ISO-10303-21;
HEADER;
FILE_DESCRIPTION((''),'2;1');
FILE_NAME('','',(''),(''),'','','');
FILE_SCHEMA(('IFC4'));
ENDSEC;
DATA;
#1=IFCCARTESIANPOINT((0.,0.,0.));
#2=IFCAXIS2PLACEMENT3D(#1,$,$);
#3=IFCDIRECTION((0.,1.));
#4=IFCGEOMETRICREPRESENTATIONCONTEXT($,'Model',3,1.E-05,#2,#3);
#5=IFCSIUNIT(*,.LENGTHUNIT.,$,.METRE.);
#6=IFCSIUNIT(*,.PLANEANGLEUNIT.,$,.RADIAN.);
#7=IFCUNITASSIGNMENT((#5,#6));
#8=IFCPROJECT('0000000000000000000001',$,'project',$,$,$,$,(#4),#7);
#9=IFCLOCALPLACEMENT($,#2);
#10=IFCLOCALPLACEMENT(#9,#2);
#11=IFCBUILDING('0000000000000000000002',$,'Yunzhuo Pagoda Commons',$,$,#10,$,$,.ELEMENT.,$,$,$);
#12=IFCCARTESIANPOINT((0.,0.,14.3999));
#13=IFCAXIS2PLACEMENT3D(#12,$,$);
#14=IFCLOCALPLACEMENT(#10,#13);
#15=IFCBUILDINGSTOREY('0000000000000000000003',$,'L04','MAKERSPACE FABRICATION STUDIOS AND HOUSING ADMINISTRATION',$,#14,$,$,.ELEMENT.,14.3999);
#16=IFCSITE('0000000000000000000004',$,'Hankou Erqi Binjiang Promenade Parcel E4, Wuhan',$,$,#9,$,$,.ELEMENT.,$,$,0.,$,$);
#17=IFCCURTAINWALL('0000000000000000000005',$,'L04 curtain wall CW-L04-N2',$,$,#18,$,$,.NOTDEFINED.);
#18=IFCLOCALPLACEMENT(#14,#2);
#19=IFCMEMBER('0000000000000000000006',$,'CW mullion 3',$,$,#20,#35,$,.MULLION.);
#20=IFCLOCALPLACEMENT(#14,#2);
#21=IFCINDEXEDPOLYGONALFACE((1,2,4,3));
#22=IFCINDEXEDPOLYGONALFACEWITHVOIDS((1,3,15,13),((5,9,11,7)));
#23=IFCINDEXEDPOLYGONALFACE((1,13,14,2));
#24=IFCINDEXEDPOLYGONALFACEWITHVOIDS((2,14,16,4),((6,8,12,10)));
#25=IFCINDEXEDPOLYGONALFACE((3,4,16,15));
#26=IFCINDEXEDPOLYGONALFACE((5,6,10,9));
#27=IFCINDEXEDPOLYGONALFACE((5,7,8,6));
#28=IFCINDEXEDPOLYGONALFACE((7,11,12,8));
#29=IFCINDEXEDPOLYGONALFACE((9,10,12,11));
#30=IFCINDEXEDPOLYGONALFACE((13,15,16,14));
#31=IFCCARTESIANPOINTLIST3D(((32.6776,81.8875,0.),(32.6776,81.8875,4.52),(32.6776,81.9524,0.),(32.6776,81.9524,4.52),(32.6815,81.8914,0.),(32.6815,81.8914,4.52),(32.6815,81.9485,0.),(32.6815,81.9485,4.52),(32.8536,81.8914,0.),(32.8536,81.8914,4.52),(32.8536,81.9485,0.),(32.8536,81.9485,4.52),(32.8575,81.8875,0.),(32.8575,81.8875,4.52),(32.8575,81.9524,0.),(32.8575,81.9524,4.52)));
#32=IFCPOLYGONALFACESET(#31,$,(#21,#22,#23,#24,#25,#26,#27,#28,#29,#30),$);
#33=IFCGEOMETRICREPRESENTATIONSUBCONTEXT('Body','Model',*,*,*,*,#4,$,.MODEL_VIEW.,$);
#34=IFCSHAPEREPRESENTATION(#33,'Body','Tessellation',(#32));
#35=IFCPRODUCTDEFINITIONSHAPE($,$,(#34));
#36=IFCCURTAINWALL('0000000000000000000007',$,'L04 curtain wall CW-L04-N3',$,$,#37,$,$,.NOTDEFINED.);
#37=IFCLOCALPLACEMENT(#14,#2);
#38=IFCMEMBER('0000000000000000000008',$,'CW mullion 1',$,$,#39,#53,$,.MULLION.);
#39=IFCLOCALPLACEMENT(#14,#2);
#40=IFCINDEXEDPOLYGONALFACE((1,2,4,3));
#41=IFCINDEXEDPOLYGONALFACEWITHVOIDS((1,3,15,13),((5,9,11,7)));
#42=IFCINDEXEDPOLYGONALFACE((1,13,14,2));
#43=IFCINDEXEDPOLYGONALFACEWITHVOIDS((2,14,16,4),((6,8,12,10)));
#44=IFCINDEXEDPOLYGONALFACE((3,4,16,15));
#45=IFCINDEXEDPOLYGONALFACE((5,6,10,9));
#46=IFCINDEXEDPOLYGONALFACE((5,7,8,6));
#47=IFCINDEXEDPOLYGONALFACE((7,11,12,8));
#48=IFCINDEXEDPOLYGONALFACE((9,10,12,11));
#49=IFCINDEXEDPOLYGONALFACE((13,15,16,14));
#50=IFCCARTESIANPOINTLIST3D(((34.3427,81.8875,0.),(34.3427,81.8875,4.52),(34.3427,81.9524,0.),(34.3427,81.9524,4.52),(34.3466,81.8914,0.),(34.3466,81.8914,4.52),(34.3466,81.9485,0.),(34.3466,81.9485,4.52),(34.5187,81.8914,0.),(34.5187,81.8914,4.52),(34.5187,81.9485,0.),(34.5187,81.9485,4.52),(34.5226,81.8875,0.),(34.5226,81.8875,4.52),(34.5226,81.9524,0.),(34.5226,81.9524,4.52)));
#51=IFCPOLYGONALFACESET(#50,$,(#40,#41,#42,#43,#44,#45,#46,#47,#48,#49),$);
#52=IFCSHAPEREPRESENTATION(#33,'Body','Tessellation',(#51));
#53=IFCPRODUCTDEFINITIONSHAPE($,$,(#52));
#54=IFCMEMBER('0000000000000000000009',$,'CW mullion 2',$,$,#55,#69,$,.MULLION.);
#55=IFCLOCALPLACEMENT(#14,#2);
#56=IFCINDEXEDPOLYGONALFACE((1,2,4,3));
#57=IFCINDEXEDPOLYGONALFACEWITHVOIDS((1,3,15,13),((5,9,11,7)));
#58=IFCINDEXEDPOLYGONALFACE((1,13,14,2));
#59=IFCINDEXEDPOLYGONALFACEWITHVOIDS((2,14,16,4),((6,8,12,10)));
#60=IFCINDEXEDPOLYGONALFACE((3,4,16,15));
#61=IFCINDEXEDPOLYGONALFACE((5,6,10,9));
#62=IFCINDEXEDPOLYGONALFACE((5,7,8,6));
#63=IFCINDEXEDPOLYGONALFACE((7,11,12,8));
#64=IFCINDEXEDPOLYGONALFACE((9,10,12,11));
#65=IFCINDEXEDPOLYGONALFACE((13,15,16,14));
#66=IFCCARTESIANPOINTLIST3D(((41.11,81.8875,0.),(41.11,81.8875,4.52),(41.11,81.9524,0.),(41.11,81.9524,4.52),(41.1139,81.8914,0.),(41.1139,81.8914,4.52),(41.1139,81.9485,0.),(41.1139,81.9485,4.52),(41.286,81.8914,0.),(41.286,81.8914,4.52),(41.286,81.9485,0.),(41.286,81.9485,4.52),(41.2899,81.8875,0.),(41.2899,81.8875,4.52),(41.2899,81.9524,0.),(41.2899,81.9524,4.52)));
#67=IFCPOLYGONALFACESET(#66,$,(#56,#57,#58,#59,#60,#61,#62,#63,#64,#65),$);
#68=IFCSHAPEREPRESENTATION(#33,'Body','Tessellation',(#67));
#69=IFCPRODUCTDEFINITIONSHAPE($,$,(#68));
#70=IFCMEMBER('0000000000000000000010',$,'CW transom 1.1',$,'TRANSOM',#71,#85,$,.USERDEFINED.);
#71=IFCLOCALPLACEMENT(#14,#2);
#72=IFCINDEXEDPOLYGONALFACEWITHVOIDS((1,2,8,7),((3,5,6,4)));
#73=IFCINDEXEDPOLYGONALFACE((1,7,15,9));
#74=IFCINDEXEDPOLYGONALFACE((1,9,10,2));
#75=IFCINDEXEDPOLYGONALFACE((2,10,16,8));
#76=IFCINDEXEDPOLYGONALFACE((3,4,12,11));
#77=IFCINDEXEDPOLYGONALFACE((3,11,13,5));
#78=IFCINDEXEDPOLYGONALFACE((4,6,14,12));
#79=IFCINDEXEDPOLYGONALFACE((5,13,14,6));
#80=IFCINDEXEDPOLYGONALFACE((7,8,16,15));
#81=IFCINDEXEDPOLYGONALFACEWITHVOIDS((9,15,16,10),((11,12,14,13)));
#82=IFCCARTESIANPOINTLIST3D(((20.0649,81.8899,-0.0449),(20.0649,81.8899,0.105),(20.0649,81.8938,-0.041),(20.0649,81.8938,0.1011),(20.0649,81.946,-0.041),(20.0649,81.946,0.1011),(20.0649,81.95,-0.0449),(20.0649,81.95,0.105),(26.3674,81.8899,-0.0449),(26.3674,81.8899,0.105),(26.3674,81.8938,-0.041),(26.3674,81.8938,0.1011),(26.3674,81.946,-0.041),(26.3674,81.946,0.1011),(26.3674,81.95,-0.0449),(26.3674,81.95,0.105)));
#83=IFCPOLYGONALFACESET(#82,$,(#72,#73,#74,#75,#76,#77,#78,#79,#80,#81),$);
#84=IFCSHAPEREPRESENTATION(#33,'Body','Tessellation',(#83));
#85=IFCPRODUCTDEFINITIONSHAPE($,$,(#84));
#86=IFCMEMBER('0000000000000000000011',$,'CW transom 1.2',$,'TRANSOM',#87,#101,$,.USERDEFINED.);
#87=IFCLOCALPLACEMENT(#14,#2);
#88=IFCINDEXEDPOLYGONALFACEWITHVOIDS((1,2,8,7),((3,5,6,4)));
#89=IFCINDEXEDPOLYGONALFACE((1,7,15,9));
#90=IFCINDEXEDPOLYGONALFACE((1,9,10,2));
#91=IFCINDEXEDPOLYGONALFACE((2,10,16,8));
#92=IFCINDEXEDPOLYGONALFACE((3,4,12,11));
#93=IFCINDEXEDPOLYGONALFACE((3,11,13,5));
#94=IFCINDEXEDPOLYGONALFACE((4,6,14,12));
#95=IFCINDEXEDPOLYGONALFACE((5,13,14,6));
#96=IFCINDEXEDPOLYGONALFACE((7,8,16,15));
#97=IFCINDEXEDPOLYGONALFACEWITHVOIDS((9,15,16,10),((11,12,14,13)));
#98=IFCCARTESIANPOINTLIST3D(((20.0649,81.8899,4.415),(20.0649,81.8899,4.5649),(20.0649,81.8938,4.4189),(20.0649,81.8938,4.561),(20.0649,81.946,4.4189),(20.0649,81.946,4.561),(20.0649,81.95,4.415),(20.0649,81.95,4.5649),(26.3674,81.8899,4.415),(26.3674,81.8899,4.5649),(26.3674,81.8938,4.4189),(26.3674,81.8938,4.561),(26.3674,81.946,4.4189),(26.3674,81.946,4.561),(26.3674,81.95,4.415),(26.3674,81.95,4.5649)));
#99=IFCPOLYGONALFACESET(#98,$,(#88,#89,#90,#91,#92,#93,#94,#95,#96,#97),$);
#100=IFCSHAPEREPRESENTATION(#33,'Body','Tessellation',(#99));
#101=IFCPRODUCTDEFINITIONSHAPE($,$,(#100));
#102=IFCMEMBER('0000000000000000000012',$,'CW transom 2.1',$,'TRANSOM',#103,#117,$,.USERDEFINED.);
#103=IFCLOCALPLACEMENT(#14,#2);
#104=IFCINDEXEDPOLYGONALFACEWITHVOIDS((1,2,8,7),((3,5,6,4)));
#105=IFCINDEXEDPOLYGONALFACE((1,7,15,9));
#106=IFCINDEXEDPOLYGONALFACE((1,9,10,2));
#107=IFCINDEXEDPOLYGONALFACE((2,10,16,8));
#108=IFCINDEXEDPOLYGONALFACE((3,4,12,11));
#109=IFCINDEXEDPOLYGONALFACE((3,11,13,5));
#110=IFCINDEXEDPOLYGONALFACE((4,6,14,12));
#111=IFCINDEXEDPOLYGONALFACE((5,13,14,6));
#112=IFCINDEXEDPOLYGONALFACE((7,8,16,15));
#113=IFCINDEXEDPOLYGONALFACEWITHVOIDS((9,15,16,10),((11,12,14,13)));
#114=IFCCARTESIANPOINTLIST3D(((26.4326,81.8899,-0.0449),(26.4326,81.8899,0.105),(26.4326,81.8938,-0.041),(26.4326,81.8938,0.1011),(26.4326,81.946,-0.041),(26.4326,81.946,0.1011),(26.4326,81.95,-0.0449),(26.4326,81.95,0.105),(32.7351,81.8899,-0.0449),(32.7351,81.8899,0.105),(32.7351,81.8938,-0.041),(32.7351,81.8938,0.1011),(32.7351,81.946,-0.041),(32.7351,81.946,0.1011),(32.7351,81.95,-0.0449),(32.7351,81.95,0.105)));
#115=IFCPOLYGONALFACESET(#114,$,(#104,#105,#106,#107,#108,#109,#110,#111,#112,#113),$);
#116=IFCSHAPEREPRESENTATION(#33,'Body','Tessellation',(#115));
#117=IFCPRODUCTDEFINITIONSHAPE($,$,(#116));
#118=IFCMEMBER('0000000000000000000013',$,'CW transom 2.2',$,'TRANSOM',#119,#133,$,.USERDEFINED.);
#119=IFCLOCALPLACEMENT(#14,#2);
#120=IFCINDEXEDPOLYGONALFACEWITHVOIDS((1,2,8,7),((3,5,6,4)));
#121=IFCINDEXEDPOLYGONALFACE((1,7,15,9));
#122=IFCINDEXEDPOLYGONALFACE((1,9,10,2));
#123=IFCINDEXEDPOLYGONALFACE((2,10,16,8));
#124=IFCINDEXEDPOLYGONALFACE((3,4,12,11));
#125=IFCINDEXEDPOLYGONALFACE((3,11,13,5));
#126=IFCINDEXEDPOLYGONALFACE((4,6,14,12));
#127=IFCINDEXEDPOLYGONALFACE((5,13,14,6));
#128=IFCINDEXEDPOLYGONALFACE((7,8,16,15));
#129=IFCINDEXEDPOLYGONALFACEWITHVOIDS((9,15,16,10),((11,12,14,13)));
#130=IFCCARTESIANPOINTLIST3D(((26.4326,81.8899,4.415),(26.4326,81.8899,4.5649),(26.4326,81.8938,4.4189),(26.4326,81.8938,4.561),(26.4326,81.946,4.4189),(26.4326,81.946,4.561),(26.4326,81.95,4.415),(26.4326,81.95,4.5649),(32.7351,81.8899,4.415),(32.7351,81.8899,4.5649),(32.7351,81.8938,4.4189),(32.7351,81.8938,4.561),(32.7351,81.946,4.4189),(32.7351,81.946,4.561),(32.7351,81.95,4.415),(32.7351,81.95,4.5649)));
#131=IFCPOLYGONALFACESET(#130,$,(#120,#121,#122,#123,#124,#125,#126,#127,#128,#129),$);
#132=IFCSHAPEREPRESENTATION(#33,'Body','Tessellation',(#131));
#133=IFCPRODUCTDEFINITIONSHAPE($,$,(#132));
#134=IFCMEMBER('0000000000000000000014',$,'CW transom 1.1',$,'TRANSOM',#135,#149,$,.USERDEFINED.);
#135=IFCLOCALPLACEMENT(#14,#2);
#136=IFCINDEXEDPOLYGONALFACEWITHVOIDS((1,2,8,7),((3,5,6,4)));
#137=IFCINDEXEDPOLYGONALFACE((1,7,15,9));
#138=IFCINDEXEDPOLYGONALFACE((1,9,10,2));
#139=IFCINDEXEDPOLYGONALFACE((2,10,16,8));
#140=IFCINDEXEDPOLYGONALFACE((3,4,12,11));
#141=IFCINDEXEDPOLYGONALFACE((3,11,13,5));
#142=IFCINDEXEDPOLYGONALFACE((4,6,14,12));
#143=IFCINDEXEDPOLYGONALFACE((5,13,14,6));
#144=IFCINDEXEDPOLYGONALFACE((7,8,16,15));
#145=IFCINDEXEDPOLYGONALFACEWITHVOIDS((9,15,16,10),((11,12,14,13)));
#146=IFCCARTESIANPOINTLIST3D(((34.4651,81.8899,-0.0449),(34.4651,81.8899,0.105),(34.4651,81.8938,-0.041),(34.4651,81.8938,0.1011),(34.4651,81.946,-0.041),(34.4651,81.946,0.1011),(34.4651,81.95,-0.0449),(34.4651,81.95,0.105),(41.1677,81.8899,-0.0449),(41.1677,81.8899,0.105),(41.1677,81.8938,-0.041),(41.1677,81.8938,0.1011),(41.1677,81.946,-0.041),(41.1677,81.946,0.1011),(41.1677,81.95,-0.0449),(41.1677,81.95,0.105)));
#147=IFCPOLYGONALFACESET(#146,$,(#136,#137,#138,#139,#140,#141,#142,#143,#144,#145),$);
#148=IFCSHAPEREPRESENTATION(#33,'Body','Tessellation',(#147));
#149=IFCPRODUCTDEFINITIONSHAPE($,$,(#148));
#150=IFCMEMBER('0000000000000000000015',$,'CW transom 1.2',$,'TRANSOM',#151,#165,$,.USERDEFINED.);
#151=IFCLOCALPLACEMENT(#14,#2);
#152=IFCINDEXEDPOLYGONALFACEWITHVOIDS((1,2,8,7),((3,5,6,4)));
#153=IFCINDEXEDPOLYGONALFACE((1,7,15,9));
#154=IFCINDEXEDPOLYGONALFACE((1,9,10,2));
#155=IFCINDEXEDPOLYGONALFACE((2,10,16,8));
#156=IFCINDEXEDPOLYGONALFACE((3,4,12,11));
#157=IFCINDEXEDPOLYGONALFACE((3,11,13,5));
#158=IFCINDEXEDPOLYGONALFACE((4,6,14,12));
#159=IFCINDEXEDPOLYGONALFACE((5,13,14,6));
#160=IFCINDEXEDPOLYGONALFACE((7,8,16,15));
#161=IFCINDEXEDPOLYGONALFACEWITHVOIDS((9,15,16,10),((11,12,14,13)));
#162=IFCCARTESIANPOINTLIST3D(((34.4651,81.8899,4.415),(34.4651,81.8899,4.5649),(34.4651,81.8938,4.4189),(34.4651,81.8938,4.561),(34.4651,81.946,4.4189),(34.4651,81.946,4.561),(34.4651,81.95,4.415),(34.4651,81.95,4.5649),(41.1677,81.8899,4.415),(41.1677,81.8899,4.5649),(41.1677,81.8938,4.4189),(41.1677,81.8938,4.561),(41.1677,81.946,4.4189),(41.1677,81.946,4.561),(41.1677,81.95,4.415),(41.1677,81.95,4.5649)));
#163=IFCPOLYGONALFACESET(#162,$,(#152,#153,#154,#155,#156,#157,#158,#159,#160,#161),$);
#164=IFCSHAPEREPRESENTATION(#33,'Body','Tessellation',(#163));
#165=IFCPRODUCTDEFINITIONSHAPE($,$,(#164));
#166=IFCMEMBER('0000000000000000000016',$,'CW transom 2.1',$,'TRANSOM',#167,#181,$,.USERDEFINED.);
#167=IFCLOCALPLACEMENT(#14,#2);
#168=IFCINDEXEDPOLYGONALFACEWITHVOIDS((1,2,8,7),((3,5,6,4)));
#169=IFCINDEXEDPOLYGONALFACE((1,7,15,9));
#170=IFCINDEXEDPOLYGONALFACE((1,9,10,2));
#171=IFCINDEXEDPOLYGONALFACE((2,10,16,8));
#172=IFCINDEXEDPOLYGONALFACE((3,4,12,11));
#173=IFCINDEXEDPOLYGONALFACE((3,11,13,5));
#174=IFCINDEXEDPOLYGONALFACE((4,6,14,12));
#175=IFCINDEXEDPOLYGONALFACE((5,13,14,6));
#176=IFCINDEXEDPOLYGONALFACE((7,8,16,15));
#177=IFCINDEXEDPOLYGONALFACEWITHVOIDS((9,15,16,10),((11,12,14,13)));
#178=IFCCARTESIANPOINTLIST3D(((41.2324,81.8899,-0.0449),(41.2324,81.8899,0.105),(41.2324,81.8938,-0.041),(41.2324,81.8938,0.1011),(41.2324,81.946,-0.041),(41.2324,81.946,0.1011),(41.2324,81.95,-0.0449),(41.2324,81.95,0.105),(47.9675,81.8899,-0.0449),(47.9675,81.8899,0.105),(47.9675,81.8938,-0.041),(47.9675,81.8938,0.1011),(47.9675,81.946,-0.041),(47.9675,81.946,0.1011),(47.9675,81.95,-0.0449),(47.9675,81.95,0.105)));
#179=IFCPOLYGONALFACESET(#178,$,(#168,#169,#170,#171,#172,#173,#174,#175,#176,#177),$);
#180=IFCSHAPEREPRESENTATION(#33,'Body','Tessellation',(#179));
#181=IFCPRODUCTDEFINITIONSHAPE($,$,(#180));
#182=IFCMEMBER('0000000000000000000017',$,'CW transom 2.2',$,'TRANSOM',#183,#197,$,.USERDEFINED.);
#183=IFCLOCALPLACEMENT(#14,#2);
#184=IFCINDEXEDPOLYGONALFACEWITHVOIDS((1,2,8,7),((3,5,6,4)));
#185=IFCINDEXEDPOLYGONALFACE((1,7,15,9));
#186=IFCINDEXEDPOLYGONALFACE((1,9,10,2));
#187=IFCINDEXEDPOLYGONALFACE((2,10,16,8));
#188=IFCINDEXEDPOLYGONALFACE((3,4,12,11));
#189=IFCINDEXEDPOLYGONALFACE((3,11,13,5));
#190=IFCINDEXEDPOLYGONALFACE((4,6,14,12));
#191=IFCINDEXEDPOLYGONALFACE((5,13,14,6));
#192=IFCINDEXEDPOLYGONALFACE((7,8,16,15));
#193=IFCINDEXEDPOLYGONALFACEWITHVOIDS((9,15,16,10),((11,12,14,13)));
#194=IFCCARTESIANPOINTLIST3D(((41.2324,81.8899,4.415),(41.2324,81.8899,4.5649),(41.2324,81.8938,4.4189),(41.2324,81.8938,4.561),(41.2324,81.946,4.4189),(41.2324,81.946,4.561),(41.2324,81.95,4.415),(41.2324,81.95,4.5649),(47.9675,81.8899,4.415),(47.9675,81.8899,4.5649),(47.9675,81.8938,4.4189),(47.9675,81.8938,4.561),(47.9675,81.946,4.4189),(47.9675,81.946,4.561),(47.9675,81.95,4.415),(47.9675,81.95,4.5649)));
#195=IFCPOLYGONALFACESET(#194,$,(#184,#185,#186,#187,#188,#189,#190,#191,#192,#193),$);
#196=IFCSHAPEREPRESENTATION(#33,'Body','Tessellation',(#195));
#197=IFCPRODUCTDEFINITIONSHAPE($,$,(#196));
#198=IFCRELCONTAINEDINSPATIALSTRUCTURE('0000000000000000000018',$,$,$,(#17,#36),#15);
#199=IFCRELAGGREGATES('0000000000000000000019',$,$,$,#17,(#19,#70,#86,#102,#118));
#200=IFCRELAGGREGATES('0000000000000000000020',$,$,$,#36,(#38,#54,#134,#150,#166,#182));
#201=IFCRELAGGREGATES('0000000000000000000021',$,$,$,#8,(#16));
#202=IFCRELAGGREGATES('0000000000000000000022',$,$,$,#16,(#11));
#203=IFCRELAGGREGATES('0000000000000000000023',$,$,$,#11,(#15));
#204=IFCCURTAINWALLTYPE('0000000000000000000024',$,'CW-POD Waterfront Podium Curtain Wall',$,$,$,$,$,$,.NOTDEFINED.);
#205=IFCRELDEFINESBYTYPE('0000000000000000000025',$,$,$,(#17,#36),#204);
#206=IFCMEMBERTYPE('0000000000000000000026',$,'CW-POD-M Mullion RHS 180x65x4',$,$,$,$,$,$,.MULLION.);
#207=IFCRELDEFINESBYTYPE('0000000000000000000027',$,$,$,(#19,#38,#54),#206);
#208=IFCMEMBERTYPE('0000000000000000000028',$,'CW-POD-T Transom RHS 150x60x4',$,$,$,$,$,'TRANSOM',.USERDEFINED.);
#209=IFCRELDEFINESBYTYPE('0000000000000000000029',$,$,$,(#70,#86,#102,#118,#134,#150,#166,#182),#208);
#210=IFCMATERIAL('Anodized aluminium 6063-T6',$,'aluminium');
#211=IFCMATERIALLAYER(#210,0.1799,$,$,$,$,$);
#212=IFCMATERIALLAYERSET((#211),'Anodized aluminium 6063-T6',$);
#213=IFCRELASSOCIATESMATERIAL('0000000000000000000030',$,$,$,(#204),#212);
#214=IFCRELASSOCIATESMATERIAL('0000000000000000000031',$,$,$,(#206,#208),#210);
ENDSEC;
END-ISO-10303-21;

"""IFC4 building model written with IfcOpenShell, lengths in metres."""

from ifc_helpers import new_model, si_unit, direction, frame, origin, origin_2d, place, context, subcontext, project, spatial, hollow_rectangle, extrude, source, transform, mapped, material, layer, layer_set, material_profile, profile_set, type_object, element, aggregate, save


model = new_model("IFC4")

# Units and contexts
model_context = context("Model", 3, precision=1e-05, world=origin(), true_north=direction((0.0, 1.0)))
body_context = subcontext(model_context, "Body", "Model", "MODEL_VIEW")
ifc_project = project(units=[si_unit("LENGTHUNIT", "METRE"), si_unit("PLANEANGLEUNIT", "RADIAN")], contexts=[model_context])

# Site, building, storey
site_placement = place(None, origin())
site = spatial("IfcSite", under=ifc_project, at=site_placement, Name="Hankou Erqi Binjiang Promenade Parcel E4, Wuhan", CompositionType="ELEMENT", RefElevation=0.0)
building_placement = place(site_placement, origin())
building = spatial("IfcBuilding", under=site, at=building_placement, Name="Yunzhuo Pagoda Commons", CompositionType="ELEMENT")
storey_placement = place(building_placement, frame((0.0, 0.0, 14.3999)))
storey = spatial("IfcBuildingStorey", under=building, at=storey_placement, Name="L04", Description="MAKERSPACE FABRICATION STUDIOS AND HOUSING ADMINISTRATION", CompositionType="ELEMENT", Elevation=14.3999)

# Curtain walls, members
ifc_material_1 = material(Name="Anodized aluminium 6063-T6", Category="aluminium")
ifc_layer_1 = layer(ifc_material_1, 0.1799)
ifc_layer_set_1 = layer_set([ifc_layer_1], Name="Anodized aluminium 6063-T6")
curtain_wall_type = type_object("IfcCurtainWallType", Name="CW-POD Waterfront Podium Curtain Wall", PredefinedType="NOTDEFINED", material=ifc_layer_set_1)
curtain_wall_1_placement = place(storey_placement, origin())
curtain_wall_1 = element("IfcCurtainWall", 1, at=curtain_wall_1_placement, inside=storey, type_object=curtain_wall_type, Name="L04 curtain wall CW-L04-N2", PredefinedType="NOTDEFINED")
ifc_material_profile_1 = material_profile(ifc_material_1, hollow_rectangle(XDim=0.0649, YDim=0.1799, WallThickness=0.0039, at=origin_2d()), Name="Anodized aluminium 6063-T6")
ifc_profile_set_1 = profile_set([ifc_material_profile_1], Name="Anodized aluminium 6063-T6")
member_type_1 = type_object("IfcMemberType", Name="CW-POD-M Mullion RHS 180x65x4", PredefinedType="MULLION", material=ifc_profile_set_1)
shared_shape_1 = source(origin(), body_context, "Body", "SweptSolid", [
    extrude(hollow_rectangle(XDim=0.0649, YDim=0.1799, WallThickness=0.0039, at=origin_2d()), origin(), (0.0, 0.0, 1.0), 4.52),
])
member_1_placement = place(storey_placement, frame((32.7676, 81.9199, 0.0), z_axis=(0.0, 0.0, 1.0), x_axis=(0.0, 1.0, 0.0)))
member_1 = element("IfcMember", 2, at=member_1_placement, type_object=member_type_1, Name="CW mullion 3", PredefinedType="MULLION", context=body_context, shape_type="MappedRepresentation", body=[
    mapped(shared_shape_1, transform((0.0, 0.0, 0.0), scale=1.0)),
])
curtain_wall_2_placement = place(storey_placement, origin())
curtain_wall_2 = element("IfcCurtainWall", 3, at=curtain_wall_2_placement, inside=storey, type_object=curtain_wall_type, Name="L04 curtain wall CW-L04-N3", PredefinedType="NOTDEFINED")
member_2_placement = place(storey_placement, frame((34.4326, 81.9199, 0.0), z_axis=(0.0, 0.0, 1.0), x_axis=(0.0, 1.0, 0.0)))
member_2 = element("IfcMember", 4, at=member_2_placement, type_object=member_type_1, Name="CW mullion 1", PredefinedType="MULLION", context=body_context, shape_type="MappedRepresentation", body=[
    mapped(shared_shape_1, transform((0.0, 0.0, 0.0), scale=1.0)),
])
member_3_placement = place(storey_placement, frame((41.2, 81.9199, 0.0), z_axis=(0.0, 0.0, 1.0), x_axis=(0.0, 1.0, 0.0)))
member_3 = element("IfcMember", 5, at=member_3_placement, type_object=member_type_1, Name="CW mullion 2", PredefinedType="MULLION", context=body_context, shape_type="MappedRepresentation", body=[
    mapped(shared_shape_1, transform((0.0, 0.0, 0.0), scale=1.0)),
])

# Members
ifc_material_profile_2 = material_profile(ifc_material_1, hollow_rectangle(XDim=0.0601, YDim=0.1499, WallThickness=0.0039, at=origin_2d()), Name="Anodized aluminium 6063-T6")
ifc_profile_set_2 = profile_set([ifc_material_profile_2], Name="Anodized aluminium 6063-T6")
member_type_2 = type_object("IfcMemberType", Name="CW-POD-T Transom RHS 150x60x4", ElementType="TRANSOM", PredefinedType="USERDEFINED", material=ifc_profile_set_2)
shared_shape_2 = source(origin(), body_context, "Body", "SweptSolid", [
    extrude(hollow_rectangle(XDim=0.0601, YDim=0.1499, WallThickness=0.0039, at=origin_2d()), origin(), (0.0, 0.0, 1.0), 6.3025),
])
member_4_placement = place(storey_placement, frame((20.0649, 81.9199, 0.03), z_axis=(1.0, 0.0, 0.0), x_axis=(0.0, 1.0, 0.0)))
member_4 = element("IfcMember", 6, at=member_4_placement, type_object=member_type_2, Name="CW transom 1.1", ObjectType="TRANSOM", PredefinedType="USERDEFINED", context=body_context, shape_type="MappedRepresentation", body=[
    mapped(shared_shape_2, transform((0.0, 0.0, 0.0), scale=1.0)),
])
member_5_placement = place(storey_placement, frame((20.0649, 81.9199, 4.49), z_axis=(1.0, 0.0, 0.0), x_axis=(0.0, 1.0, 0.0)))
member_5 = element("IfcMember", 7, at=member_5_placement, type_object=member_type_2, Name="CW transom 1.2", ObjectType="TRANSOM", PredefinedType="USERDEFINED", context=body_context, shape_type="MappedRepresentation", body=[
    mapped(shared_shape_2, transform((0.0, 0.0, 0.0), scale=1.0)),
])
member_6_placement = place(storey_placement, frame((26.4326, 81.9199, 0.03), z_axis=(1.0, 0.0, 0.0), x_axis=(0.0, 1.0, 0.0)))
member_6 = element("IfcMember", 8, at=member_6_placement, type_object=member_type_2, Name="CW transom 2.1", ObjectType="TRANSOM", PredefinedType="USERDEFINED", context=body_context, shape_type="MappedRepresentation", body=[
    mapped(shared_shape_2, transform((0.0, 0.0, 0.0), scale=1.0)),
])
member_7_placement = place(storey_placement, frame((26.4326, 81.9199, 4.49), z_axis=(1.0, 0.0, 0.0), x_axis=(0.0, 1.0, 0.0)))
member_7 = element("IfcMember", 9, at=member_7_placement, type_object=member_type_2, Name="CW transom 2.2", ObjectType="TRANSOM", PredefinedType="USERDEFINED", context=body_context, shape_type="MappedRepresentation", body=[
    mapped(shared_shape_2, transform((0.0, 0.0, 0.0), scale=1.0)),
])
shared_shape_3 = source(origin(), body_context, "Body", "SweptSolid", [
    extrude(hollow_rectangle(XDim=0.0601, YDim=0.1499, WallThickness=0.0039, at=origin_2d()), origin(), (0.0, 0.0, 1.0), 6.7026),
])
member_8_placement = place(storey_placement, frame((34.4651, 81.9199, 0.03), z_axis=(1.0, 0.0, 0.0), x_axis=(0.0, 1.0, 0.0)))
member_8 = element("IfcMember", 10, at=member_8_placement, type_object=member_type_2, Name="CW transom 1.1", ObjectType="TRANSOM", PredefinedType="USERDEFINED", context=body_context, shape_type="MappedRepresentation", body=[
    mapped(shared_shape_3, transform((0.0, 0.0, 0.0), scale=1.0)),
])
member_9_placement = place(storey_placement, frame((34.4651, 81.9199, 4.49), z_axis=(1.0, 0.0, 0.0), x_axis=(0.0, 1.0, 0.0)))
member_9 = element("IfcMember", 11, at=member_9_placement, type_object=member_type_2, Name="CW transom 1.2", ObjectType="TRANSOM", PredefinedType="USERDEFINED", context=body_context, shape_type="MappedRepresentation", body=[
    mapped(shared_shape_3, transform((0.0, 0.0, 0.0), scale=1.0)),
])
shared_shape_4 = source(origin(), body_context, "Body", "SweptSolid", [
    extrude(hollow_rectangle(XDim=0.0601, YDim=0.1499, WallThickness=0.0039, at=origin_2d()), origin(), (0.0, 0.0, 1.0), 6.7351),
])
member_10_placement = place(storey_placement, frame((41.2324, 81.9199, 0.03), z_axis=(1.0, 0.0, 0.0), x_axis=(0.0, 1.0, 0.0)))
member_10 = element("IfcMember", 12, at=member_10_placement, type_object=member_type_2, Name="CW transom 2.1", ObjectType="TRANSOM", PredefinedType="USERDEFINED", context=body_context, shape_type="MappedRepresentation", body=[
    mapped(shared_shape_4, transform((0.0, 0.0, 0.0), scale=1.0)),
])
member_11_placement = place(storey_placement, frame((41.2324, 81.9199, 4.49), z_axis=(1.0, 0.0, 0.0), x_axis=(0.0, 1.0, 0.0)))
member_11 = element("IfcMember", 13, at=member_11_placement, type_object=member_type_2, Name="CW transom 2.2", ObjectType="TRANSOM", PredefinedType="USERDEFINED", context=body_context, shape_type="MappedRepresentation", body=[
    mapped(shared_shape_4, transform((0.0, 0.0, 0.0), scale=1.0)),
])

aggregate(curtain_wall_1, [member_1, member_4, member_5, member_6, member_7])
aggregate(curtain_wall_2, [member_2, member_3, member_8, member_9, member_10, member_11])

save(model, "model.ifc")
